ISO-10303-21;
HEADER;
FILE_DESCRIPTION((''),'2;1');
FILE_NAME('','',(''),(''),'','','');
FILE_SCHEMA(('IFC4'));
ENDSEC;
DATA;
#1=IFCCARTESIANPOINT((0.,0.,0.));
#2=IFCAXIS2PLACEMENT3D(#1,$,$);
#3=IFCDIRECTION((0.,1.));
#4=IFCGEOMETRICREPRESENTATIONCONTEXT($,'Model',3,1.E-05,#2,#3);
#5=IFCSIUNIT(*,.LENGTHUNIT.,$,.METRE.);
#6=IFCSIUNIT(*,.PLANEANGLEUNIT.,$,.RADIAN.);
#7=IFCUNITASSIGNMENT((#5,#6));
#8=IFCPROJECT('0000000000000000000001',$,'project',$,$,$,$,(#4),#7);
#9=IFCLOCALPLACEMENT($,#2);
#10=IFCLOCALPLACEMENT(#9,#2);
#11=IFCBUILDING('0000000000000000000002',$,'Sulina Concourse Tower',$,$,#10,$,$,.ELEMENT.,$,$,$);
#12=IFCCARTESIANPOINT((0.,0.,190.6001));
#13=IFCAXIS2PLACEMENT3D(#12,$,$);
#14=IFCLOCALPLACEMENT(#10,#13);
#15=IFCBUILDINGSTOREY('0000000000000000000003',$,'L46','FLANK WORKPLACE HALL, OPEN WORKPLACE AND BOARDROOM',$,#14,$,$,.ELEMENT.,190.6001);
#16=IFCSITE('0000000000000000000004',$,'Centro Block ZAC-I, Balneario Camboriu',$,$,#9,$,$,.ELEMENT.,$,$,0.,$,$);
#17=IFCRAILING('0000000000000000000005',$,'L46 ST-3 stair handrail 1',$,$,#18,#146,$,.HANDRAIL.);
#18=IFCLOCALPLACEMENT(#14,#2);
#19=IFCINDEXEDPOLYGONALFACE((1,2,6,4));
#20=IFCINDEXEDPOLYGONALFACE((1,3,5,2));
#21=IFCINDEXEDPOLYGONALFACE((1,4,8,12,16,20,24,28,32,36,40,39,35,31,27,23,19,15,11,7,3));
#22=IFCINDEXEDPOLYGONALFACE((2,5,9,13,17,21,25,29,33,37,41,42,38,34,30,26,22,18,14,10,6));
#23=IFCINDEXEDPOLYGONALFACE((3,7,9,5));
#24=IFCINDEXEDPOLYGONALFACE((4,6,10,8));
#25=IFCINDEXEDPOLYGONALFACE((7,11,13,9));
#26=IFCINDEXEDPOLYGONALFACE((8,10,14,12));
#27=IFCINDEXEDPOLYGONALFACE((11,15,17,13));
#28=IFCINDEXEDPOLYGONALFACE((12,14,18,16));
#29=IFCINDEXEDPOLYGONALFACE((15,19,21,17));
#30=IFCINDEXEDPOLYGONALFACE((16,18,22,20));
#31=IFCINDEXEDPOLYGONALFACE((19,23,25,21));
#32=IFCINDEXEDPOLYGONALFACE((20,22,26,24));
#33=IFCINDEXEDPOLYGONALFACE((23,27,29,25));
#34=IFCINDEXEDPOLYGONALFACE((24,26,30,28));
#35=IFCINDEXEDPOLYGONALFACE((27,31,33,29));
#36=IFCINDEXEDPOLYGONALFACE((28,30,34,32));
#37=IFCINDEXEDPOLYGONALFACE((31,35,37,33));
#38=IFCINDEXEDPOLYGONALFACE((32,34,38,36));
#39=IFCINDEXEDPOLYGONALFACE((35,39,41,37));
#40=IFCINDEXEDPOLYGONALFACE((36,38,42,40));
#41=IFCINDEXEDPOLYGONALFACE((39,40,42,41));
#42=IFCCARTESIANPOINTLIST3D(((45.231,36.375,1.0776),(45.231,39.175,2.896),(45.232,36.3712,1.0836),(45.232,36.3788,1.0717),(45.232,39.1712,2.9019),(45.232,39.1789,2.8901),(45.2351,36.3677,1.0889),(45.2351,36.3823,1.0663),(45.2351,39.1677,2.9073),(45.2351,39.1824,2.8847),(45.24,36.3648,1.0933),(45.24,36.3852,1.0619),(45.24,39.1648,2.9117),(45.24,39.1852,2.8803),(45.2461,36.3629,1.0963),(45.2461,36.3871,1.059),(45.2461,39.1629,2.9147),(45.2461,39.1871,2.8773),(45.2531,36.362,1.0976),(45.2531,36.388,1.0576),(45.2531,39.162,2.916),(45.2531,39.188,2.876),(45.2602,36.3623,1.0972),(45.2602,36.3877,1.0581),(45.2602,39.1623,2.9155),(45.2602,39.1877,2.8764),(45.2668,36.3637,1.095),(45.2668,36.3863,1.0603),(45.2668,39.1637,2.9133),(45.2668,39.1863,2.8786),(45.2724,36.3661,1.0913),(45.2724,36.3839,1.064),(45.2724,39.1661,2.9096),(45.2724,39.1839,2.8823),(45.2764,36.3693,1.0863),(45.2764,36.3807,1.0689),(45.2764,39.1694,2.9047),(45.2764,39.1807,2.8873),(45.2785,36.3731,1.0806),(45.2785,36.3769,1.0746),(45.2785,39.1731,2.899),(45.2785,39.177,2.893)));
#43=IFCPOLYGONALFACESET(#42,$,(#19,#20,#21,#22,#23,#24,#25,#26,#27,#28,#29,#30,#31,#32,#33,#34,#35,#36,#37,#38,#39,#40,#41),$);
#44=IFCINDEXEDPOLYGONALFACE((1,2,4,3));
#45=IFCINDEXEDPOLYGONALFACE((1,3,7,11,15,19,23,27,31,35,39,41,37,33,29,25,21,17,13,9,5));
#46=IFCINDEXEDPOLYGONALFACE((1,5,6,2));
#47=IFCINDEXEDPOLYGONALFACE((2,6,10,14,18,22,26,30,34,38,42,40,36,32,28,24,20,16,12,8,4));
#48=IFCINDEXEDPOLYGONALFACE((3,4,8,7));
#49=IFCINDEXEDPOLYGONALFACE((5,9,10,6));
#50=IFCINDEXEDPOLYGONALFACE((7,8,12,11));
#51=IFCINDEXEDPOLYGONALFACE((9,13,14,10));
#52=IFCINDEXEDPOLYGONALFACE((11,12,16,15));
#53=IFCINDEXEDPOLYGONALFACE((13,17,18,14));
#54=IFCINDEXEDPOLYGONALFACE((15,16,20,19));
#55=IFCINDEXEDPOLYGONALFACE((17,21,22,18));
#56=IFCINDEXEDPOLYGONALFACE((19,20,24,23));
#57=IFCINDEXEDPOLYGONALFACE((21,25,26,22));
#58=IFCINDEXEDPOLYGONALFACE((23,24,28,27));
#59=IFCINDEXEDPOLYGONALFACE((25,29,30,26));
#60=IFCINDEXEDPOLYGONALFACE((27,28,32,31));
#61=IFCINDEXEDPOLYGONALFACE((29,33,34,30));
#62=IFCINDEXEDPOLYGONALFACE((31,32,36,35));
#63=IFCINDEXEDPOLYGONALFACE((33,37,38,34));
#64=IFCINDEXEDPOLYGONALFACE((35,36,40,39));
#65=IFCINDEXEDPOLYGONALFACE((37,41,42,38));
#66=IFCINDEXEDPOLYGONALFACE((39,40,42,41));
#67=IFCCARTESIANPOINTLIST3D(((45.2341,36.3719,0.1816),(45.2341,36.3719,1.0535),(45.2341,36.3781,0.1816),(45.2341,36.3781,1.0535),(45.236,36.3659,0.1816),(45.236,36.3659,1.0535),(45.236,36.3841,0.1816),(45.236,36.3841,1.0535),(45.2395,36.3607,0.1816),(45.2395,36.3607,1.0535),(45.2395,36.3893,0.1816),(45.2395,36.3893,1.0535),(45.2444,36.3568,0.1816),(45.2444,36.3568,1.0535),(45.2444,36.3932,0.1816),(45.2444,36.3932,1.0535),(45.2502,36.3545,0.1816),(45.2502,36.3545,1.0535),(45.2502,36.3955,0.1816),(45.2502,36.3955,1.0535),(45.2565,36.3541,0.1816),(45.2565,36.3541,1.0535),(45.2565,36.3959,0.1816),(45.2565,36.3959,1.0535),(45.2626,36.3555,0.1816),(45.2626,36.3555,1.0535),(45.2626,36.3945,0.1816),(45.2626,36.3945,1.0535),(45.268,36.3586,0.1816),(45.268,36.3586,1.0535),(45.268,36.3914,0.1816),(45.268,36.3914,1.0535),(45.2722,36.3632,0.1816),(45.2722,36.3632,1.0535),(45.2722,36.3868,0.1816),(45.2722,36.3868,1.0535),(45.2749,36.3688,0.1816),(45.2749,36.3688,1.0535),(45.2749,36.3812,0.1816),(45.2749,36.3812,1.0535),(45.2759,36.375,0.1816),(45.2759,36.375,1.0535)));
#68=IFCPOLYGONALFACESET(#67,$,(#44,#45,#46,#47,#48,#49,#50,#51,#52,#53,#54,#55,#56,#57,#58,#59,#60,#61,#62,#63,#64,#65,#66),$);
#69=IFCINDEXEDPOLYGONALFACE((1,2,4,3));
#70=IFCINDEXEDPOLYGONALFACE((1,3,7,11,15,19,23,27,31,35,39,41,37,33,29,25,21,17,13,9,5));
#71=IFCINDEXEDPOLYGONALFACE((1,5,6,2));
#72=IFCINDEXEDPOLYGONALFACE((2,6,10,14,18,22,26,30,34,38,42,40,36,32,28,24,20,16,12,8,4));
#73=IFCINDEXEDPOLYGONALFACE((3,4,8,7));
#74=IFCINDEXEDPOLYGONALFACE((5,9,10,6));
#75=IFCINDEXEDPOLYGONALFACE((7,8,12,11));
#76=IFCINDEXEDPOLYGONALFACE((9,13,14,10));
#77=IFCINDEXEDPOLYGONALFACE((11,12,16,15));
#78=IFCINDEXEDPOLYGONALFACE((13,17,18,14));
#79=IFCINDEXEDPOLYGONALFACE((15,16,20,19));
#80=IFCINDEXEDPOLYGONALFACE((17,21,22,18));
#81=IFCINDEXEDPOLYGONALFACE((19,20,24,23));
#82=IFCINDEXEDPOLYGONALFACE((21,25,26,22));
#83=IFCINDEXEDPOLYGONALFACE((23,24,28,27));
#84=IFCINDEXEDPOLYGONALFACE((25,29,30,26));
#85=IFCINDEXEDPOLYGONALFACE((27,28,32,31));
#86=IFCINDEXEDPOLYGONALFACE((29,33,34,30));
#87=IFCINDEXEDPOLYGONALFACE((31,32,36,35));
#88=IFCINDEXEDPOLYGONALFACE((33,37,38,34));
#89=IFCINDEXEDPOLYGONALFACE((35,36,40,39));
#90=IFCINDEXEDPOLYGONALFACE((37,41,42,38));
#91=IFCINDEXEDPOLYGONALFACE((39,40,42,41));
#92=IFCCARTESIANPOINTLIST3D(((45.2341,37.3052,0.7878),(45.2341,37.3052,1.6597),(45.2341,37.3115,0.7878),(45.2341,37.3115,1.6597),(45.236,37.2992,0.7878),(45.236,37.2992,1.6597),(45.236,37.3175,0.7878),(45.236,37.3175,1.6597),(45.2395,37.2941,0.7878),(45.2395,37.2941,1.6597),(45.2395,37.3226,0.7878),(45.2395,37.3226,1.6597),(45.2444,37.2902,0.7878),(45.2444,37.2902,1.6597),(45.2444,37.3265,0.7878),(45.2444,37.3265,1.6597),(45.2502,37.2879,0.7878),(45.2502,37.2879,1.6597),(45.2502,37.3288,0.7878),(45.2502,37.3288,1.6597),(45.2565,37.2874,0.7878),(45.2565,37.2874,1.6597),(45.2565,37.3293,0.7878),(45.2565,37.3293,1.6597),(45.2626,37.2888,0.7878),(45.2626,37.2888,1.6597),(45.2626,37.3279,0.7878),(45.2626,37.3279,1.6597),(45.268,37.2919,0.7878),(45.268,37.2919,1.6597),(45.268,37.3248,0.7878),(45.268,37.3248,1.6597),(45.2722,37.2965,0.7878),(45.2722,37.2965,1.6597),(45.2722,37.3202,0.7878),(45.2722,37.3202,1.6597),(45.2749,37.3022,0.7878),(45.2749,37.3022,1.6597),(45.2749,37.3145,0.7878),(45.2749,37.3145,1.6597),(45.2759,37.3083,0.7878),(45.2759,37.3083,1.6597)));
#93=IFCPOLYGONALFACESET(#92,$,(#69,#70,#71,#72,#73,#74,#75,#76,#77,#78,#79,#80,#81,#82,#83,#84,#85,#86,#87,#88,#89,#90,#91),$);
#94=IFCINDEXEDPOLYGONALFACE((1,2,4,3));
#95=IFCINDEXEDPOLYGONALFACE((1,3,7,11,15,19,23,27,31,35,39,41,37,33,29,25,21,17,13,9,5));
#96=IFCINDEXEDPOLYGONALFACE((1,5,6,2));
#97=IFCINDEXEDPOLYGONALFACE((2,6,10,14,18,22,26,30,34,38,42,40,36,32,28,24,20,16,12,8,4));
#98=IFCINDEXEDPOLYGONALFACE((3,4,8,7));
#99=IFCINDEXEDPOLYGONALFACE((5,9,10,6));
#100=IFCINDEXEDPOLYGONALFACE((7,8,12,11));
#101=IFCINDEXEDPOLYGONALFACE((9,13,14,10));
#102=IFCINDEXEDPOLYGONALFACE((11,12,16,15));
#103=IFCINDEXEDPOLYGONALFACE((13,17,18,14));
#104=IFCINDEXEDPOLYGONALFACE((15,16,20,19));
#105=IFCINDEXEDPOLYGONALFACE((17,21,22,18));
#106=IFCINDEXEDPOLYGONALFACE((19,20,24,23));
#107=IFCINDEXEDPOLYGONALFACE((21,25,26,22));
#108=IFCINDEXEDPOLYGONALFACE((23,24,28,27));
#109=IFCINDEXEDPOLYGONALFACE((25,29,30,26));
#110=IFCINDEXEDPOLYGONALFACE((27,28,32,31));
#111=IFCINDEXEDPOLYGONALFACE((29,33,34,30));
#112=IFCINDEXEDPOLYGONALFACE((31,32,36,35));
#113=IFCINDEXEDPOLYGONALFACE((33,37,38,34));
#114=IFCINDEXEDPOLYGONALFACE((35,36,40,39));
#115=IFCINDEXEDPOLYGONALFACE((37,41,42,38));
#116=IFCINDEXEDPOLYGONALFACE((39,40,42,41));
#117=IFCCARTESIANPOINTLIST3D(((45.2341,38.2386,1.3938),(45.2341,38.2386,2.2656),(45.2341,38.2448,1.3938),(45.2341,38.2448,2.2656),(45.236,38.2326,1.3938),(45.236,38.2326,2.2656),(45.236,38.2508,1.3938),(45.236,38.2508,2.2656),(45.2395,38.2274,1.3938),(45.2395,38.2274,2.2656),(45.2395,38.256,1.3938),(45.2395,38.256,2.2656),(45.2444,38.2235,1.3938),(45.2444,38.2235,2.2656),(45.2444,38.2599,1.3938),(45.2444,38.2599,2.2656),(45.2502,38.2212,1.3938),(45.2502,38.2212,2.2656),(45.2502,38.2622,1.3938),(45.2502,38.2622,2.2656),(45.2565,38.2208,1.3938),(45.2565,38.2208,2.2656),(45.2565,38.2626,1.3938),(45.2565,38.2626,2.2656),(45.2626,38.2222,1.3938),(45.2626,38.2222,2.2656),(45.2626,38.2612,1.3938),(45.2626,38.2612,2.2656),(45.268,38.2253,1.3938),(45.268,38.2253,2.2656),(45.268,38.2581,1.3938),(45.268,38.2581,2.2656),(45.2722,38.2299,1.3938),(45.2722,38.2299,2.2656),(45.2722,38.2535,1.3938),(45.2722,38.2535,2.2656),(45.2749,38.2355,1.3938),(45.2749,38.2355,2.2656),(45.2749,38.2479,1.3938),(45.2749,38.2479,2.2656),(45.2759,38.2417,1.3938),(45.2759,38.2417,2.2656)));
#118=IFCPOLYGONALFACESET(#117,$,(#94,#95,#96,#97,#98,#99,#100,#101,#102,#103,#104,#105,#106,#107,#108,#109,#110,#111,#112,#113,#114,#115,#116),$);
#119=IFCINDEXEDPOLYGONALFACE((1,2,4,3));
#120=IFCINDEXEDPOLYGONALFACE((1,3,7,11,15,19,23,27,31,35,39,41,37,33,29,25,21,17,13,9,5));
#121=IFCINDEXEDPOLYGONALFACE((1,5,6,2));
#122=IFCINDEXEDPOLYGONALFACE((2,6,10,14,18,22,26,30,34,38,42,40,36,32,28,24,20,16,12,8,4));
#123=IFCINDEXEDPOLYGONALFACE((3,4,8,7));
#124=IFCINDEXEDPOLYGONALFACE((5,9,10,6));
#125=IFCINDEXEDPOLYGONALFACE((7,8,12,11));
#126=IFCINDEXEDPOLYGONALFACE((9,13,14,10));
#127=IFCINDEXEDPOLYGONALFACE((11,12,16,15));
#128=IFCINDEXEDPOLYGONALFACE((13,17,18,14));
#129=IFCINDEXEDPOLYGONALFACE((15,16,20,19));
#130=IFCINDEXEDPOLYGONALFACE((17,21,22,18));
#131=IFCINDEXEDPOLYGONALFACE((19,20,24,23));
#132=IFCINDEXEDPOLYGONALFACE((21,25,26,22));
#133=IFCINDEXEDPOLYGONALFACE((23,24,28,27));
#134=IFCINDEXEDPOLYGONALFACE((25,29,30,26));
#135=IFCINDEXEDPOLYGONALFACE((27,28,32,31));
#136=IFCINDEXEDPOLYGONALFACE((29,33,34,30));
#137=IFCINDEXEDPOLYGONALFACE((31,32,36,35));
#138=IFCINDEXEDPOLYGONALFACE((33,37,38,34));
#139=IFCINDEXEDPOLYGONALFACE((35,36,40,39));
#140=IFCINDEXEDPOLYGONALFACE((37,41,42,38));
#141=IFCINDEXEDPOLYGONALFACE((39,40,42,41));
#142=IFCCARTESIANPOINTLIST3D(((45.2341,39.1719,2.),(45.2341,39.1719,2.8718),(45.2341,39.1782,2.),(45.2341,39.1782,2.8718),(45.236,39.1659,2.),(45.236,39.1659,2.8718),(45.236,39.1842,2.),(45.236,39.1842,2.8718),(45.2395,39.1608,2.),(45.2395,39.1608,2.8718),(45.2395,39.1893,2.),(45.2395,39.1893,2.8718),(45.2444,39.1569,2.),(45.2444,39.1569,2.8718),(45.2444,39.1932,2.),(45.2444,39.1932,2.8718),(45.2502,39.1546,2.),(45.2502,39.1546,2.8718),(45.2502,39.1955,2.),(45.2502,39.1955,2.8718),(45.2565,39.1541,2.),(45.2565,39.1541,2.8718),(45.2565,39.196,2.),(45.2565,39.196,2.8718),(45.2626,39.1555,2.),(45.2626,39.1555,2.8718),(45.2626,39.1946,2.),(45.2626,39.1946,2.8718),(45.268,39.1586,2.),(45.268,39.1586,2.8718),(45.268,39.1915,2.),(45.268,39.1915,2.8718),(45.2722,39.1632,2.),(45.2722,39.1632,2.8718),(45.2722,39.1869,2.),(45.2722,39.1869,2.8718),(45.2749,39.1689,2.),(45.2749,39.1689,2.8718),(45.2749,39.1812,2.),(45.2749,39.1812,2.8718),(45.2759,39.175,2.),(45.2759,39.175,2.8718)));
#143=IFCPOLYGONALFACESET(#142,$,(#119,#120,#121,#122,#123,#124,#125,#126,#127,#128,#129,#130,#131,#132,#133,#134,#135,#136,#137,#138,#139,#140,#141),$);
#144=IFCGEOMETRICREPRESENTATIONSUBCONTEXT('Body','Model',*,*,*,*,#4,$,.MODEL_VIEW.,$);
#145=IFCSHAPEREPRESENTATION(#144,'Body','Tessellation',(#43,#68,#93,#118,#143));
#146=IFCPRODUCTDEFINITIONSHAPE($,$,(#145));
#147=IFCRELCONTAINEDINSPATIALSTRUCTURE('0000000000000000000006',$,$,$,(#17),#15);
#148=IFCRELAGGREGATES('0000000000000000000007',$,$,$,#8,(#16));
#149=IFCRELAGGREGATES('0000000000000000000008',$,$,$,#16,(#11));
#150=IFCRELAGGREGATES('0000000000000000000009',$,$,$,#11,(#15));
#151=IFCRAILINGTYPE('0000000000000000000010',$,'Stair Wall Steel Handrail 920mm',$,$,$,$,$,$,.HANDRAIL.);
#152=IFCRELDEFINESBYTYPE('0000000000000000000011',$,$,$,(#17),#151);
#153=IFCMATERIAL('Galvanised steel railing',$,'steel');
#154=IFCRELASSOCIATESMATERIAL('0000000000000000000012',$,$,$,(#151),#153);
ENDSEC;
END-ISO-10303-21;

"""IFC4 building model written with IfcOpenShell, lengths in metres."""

from ifc_helpers import new_model, si_unit, direction, frame, origin, origin_2d, place, context, subcontext, project, spatial, circle, extrude, material, type_object, element, save


model = new_model("IFC4")

# Units and contexts
model_context = context("Model", 3, precision=1e-05, world=origin(), true_north=direction((0.0, 1.0)))
body_context = subcontext(model_context, "Body", "Model", "MODEL_VIEW")
ifc_project = project(units=[si_unit("LENGTHUNIT", "METRE"), si_unit("PLANEANGLEUNIT", "RADIAN")], contexts=[model_context])

# Site, building, storey
site_placement = place(None, origin())
site = spatial("IfcSite", under=ifc_project, at=site_placement, Name="Centro Block ZAC-I, Balneario Camboriu", CompositionType="ELEMENT", RefElevation=0.0)
building_placement = place(site_placement, origin())
building = spatial("IfcBuilding", under=site, at=building_placement, Name="Sulina Concourse Tower", CompositionType="ELEMENT")
storey_placement = place(building_placement, frame((0.0, 0.0, 190.6001)))
storey = spatial("IfcBuildingStorey", under=building, at=storey_placement, Name="L46", Description="FLANK WORKPLACE HALL, OPEN WORKPLACE AND BOARDROOM", CompositionType="ELEMENT", Elevation=190.6001)

# Railing
ifc_material_1 = material(Name="Galvanised steel railing", Category="steel")
railing_type_1 = type_object("IfcRailingType", Name="Stair Wall Steel Handrail 920mm", PredefinedType="HANDRAIL", material=ifc_material_1)
for number, where, name in (
    (1, (45.2549, 36.375, 0.1816), "L46 ST-3 stair handrail 1"),
):
    element("IfcRailing", number, at=place(storey_placement, frame(where)), inside=storey, type_object=railing_type_1, Name=name, PredefinedType="HANDRAIL", context=body_context, shape_type="SweptSolid", body=[
        extrude(circle(Radius=0.0239, at=origin_2d()), frame((0.0, 0.0, 0.896), z_axis=(0.0, 0.838672, 0.544636), x_axis=(-1.0, 0.0, 0.0)), (0.0, 0.0, 1.0), 3.3386),
        extrude(circle(Radius=0.021, at=origin_2d()), origin(), (0.0, 0.0, 1.0), 0.8718),
        extrude(circle(Radius=0.021, at=origin_2d()), frame((0.0, 0.9333, 0.6062)), (0.0, 0.0, 1.0), 0.8718),
        extrude(circle(Radius=0.021, at=origin_2d()), frame((0.0, 1.8667, 1.2122)), (0.0, 0.0, 1.0), 0.8718),
        extrude(circle(Radius=0.021, at=origin_2d()), frame((0.0, 2.8, 1.8184)), (0.0, 0.0, 1.0), 0.8718),
    ])

save(model, "model.ifc")
